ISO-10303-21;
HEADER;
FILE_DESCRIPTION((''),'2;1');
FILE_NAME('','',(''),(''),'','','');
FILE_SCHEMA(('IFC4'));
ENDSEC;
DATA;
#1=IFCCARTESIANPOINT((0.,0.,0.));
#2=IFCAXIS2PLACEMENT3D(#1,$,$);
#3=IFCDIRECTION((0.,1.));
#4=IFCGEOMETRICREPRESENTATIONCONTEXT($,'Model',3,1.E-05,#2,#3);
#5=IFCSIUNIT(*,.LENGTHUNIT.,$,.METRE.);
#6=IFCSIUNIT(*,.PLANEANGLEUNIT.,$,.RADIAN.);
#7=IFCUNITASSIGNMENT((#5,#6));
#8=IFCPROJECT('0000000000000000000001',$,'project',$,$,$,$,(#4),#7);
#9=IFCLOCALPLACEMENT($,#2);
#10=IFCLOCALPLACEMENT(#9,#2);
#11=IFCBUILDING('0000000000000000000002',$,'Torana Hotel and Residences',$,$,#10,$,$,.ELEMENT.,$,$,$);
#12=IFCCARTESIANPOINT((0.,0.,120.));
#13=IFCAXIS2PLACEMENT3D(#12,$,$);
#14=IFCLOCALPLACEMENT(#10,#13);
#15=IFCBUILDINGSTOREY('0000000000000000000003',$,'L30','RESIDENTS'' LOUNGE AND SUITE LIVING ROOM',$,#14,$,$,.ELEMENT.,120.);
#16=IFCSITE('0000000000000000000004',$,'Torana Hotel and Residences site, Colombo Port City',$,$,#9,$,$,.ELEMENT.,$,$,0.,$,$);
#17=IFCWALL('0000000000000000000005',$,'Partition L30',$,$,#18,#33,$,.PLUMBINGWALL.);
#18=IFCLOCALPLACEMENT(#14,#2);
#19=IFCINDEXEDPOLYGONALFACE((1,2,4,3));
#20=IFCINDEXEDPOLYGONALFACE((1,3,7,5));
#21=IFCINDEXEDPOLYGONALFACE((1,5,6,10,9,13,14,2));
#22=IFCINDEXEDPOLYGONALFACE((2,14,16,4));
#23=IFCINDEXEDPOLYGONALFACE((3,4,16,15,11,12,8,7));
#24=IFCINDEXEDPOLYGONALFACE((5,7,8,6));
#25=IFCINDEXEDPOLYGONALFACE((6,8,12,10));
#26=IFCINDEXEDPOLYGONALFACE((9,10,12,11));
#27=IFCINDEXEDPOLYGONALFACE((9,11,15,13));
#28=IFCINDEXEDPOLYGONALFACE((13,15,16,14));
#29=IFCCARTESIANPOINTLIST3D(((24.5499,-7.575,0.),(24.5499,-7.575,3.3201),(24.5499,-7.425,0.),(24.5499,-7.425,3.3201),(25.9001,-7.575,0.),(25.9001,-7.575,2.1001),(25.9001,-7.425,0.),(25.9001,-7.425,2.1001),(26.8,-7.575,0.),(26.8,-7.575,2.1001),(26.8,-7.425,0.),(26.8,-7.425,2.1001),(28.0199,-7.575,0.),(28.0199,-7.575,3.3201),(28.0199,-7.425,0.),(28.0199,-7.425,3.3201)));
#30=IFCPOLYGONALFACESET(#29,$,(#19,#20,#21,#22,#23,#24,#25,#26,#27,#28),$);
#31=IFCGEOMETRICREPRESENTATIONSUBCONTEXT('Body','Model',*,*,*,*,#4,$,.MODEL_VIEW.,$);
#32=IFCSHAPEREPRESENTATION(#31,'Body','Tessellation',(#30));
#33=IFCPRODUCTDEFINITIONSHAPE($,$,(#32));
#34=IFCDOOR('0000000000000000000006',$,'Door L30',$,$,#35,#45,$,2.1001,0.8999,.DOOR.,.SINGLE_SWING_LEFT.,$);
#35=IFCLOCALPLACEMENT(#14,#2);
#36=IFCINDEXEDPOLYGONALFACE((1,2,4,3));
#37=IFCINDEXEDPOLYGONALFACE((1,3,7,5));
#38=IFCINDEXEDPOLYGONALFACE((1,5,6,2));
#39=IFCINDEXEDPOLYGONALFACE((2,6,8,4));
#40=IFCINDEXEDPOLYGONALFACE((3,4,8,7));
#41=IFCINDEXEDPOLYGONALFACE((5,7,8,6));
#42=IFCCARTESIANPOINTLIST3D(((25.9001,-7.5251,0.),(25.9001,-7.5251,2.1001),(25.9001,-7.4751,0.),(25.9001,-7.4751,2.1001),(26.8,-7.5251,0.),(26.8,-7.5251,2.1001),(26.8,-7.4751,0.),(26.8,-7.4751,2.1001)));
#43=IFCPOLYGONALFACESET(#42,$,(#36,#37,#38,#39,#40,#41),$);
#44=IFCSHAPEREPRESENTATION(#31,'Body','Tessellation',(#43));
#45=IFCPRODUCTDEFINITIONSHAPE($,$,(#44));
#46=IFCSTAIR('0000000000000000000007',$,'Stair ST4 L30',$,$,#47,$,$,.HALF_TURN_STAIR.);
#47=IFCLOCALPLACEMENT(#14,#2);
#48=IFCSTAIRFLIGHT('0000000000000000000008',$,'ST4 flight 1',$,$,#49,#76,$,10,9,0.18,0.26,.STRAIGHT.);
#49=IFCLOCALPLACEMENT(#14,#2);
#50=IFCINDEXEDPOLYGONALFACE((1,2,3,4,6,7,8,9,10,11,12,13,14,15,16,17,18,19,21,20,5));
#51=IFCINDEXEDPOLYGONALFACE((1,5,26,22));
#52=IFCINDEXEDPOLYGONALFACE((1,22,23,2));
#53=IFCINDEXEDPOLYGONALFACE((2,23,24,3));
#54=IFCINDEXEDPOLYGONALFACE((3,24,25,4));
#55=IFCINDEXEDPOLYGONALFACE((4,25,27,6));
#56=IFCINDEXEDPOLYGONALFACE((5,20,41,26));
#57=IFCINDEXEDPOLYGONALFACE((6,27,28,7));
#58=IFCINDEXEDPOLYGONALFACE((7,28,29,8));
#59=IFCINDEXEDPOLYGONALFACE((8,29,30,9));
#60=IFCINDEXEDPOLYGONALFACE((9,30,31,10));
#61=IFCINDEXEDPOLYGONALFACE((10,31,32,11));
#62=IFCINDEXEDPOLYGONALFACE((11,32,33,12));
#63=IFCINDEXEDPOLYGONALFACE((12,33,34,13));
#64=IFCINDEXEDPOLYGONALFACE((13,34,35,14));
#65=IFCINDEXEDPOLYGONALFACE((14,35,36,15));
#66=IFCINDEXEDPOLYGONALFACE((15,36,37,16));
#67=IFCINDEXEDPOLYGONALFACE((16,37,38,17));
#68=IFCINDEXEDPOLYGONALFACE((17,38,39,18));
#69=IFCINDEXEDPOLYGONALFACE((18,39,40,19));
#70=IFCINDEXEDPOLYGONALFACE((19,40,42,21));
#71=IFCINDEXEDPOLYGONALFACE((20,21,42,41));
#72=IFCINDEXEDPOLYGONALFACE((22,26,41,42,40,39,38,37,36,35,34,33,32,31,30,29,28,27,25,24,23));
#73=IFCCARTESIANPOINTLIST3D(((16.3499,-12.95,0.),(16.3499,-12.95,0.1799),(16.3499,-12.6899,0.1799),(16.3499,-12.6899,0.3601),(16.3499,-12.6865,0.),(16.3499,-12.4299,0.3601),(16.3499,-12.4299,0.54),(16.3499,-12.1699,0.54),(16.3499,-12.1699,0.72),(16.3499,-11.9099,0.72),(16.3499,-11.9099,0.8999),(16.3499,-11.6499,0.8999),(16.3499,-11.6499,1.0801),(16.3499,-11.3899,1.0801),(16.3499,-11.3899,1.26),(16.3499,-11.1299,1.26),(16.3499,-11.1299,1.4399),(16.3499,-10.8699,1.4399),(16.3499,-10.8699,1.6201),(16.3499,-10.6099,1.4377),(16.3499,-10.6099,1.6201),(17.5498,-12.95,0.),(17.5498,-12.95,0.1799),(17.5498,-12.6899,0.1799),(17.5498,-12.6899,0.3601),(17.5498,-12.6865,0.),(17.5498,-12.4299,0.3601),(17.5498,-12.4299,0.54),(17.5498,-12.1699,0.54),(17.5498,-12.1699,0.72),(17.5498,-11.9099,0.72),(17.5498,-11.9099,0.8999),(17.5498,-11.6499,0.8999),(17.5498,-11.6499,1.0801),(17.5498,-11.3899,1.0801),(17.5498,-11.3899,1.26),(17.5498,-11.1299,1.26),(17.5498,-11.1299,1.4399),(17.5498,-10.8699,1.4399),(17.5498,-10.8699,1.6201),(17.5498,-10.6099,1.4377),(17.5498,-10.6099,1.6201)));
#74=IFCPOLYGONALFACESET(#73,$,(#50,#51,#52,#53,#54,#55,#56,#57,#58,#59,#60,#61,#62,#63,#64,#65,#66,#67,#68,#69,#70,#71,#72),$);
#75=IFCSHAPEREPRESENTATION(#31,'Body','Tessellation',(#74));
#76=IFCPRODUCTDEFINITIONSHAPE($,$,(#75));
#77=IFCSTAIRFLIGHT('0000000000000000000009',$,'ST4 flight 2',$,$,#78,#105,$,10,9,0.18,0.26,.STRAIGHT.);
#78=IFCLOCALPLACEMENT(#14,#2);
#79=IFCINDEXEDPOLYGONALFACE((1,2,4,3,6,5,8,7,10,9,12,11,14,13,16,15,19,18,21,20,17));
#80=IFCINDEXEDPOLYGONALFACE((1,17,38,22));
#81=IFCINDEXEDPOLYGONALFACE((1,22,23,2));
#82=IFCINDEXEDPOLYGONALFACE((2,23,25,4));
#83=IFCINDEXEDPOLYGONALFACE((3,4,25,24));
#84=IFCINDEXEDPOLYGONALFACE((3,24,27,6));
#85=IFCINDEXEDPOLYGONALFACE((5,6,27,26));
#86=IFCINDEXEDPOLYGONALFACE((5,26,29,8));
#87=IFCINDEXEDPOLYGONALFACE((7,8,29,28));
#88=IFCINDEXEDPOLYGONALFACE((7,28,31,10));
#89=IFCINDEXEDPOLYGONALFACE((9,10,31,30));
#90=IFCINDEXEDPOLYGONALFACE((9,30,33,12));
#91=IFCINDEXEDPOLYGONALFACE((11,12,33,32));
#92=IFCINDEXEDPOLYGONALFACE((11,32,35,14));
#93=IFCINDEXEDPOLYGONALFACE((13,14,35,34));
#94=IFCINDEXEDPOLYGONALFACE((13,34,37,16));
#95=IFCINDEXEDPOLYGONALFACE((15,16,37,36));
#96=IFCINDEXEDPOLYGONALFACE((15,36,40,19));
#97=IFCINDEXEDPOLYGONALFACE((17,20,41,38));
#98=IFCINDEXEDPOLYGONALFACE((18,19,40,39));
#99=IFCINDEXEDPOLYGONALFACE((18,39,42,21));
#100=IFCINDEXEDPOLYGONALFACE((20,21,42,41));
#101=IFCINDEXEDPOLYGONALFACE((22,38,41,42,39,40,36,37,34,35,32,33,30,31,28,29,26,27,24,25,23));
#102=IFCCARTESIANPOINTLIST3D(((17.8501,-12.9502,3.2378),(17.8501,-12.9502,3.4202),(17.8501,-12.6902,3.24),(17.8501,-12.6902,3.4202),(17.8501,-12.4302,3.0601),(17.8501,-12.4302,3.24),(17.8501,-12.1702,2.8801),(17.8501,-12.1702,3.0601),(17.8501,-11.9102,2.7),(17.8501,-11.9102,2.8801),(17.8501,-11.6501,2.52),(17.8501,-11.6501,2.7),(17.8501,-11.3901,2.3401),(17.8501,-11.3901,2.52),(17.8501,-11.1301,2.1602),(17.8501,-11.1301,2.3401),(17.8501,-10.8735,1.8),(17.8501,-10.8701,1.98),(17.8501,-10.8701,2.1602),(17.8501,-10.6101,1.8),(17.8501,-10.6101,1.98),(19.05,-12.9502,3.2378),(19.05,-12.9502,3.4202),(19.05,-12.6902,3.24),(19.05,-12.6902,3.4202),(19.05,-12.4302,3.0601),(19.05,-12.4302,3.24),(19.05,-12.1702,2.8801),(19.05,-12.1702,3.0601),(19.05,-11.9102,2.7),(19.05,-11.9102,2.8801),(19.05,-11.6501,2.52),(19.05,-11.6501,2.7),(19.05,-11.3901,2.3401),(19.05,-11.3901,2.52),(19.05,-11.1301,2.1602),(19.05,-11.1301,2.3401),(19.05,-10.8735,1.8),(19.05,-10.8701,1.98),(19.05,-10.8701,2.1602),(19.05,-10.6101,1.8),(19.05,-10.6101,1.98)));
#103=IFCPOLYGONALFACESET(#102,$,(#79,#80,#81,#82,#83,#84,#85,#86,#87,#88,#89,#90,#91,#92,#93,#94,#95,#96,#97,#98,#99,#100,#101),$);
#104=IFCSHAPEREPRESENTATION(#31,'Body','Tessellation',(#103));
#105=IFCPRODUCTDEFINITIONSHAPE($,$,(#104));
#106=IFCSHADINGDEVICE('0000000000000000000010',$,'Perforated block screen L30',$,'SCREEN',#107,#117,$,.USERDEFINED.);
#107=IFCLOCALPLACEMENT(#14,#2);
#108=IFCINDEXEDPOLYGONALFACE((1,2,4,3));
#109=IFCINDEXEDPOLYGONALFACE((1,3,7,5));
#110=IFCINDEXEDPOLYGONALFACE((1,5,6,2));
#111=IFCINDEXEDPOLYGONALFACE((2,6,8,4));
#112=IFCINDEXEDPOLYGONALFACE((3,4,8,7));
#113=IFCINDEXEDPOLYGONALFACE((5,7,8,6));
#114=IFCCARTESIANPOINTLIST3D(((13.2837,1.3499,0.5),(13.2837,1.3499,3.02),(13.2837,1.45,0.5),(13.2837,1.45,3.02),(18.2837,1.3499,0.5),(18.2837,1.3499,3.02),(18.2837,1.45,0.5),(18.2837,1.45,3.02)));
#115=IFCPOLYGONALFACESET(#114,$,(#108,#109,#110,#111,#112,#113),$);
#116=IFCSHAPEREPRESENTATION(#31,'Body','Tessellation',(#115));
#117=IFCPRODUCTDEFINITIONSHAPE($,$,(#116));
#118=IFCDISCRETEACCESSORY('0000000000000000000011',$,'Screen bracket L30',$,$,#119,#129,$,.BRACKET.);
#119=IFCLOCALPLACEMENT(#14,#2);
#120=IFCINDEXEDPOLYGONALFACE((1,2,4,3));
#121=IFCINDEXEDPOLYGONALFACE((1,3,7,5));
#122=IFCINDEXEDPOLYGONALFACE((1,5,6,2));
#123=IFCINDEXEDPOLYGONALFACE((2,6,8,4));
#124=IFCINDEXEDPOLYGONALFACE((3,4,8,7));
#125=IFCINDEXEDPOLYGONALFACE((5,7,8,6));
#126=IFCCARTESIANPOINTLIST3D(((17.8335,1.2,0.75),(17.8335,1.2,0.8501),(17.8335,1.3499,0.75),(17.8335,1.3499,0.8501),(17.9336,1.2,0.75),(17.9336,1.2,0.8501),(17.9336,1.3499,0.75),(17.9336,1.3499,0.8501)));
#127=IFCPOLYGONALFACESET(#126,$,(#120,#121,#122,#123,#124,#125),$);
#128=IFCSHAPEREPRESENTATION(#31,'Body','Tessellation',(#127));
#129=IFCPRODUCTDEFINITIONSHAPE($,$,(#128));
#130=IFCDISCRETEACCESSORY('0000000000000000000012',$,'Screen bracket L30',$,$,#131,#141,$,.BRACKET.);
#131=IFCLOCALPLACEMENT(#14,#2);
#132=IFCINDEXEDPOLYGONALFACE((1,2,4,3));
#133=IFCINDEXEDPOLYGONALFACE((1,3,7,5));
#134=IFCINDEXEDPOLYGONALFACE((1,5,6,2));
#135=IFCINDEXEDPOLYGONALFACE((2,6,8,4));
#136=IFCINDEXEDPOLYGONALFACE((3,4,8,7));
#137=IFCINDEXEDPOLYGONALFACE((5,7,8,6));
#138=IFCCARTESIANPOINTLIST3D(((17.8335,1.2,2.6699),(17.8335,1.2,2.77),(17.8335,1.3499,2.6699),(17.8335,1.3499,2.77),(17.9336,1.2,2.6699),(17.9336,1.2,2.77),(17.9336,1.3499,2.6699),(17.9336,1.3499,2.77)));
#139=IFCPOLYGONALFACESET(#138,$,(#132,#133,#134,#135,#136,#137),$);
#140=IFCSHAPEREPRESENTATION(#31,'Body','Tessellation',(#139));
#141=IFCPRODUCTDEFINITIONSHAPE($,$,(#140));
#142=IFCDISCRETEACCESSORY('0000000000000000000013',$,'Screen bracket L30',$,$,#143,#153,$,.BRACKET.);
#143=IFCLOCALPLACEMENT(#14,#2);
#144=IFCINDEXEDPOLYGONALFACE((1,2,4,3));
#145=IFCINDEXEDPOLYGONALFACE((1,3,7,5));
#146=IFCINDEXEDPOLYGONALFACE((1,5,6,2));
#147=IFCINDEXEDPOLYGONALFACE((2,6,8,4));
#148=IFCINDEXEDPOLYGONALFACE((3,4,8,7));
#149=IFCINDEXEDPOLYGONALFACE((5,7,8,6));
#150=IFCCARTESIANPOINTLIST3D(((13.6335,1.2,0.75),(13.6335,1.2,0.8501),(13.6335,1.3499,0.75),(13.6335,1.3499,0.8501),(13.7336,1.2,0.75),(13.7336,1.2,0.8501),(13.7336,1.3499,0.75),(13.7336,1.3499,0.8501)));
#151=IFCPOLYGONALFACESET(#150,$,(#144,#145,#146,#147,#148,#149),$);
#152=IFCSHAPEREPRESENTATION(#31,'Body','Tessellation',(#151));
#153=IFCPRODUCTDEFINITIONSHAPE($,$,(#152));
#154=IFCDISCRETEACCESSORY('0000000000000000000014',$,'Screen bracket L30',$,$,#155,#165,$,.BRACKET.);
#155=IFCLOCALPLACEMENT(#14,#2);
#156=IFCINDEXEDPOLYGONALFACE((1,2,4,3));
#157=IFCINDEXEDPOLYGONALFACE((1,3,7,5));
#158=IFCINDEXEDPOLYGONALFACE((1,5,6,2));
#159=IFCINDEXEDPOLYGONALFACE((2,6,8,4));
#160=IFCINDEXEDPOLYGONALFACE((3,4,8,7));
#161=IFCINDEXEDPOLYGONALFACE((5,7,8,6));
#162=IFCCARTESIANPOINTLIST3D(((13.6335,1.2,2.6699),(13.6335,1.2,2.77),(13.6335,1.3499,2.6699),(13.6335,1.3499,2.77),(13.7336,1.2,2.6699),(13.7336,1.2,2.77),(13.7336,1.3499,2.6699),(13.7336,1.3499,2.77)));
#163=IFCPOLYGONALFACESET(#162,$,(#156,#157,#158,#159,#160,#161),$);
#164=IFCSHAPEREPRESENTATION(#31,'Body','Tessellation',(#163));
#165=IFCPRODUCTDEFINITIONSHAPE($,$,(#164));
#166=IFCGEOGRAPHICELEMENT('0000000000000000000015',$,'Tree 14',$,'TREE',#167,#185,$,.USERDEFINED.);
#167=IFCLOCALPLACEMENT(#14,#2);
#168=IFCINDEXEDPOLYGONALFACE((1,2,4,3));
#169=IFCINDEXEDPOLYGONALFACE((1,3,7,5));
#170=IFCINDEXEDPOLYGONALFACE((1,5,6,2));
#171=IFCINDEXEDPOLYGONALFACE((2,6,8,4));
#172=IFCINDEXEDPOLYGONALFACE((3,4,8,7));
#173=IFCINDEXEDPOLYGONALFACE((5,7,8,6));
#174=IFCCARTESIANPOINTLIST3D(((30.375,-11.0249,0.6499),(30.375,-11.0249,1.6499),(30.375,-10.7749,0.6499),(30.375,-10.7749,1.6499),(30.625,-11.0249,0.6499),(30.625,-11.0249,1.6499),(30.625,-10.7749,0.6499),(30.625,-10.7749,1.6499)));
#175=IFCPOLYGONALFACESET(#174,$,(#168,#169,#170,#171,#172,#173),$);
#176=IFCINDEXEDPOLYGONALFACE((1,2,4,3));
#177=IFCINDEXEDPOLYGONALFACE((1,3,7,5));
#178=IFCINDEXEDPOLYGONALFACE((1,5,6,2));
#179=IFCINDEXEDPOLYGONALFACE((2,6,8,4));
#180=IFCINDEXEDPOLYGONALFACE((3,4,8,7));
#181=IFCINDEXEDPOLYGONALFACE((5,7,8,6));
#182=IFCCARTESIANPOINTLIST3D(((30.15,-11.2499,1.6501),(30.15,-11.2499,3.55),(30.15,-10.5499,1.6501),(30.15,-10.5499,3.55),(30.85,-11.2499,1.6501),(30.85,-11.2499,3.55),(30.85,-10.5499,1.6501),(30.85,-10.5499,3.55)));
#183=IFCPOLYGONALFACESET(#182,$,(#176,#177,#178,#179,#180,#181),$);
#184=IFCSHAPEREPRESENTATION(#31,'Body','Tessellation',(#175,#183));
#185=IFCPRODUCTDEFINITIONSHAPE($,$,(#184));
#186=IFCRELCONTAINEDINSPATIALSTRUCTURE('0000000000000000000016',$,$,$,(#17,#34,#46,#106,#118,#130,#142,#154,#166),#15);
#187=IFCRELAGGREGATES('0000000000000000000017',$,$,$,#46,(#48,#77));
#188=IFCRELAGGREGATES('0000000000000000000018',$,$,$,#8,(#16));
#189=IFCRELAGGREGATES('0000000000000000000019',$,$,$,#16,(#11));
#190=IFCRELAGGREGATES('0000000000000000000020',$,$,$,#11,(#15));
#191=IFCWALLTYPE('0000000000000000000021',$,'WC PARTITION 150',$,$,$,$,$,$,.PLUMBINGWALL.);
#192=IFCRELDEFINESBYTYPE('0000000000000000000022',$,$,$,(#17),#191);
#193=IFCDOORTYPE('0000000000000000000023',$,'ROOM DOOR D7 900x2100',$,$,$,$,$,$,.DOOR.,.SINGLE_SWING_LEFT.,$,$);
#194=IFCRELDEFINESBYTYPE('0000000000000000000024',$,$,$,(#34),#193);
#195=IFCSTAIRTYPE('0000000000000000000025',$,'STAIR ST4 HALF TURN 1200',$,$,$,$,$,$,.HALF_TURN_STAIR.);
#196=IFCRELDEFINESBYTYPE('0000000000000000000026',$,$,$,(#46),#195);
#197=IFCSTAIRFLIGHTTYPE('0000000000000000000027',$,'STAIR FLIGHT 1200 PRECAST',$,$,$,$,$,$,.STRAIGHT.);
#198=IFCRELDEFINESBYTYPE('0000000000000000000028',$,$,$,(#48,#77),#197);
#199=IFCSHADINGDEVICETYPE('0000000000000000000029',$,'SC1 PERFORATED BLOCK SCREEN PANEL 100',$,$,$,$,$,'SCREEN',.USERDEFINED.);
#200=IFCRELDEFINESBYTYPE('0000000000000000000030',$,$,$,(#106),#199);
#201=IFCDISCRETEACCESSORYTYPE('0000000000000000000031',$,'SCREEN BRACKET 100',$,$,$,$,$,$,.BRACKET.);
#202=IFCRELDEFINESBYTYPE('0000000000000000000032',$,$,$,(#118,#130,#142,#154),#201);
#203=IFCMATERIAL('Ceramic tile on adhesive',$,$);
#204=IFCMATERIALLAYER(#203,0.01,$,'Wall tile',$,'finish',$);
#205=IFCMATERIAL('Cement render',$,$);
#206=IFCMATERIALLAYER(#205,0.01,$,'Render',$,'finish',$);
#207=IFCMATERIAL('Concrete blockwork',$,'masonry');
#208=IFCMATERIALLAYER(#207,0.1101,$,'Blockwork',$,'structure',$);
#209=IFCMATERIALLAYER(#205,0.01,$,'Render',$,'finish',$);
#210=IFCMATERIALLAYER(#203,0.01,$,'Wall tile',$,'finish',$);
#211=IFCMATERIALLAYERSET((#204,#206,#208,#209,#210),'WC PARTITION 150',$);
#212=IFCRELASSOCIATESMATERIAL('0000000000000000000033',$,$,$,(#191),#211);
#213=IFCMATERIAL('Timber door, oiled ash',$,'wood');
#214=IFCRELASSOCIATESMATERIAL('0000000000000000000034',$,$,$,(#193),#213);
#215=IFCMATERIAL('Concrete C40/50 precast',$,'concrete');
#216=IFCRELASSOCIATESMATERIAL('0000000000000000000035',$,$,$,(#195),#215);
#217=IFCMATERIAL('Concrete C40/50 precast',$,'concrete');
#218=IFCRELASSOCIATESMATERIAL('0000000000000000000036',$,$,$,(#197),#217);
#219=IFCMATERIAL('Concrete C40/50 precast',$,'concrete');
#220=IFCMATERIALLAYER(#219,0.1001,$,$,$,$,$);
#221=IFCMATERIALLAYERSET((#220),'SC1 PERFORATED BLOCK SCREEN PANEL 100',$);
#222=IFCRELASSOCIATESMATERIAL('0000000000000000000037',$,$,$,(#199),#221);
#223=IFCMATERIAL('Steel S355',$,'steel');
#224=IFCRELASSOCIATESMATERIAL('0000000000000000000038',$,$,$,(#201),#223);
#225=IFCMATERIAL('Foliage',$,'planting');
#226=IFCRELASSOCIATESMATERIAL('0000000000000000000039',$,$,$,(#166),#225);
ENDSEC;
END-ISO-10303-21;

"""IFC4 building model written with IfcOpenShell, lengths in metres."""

from ifc_helpers import new_model, si_unit, direction, frame, frame_2d, origin, origin_2d, place, context, subcontext, project, spatial, polyline, rectangle, outline, extrude, material, layer, layer_set, type_object, element, fill, aggregate, save


model = new_model("IFC4")

# Units and contexts
model_context = context("Model", 3, precision=1e-05, world=origin(), true_north=direction((0.0, 1.0)))
body_context = subcontext(model_context, "Body", "Model", "MODEL_VIEW")
ifc_project = project(units=[si_unit("LENGTHUNIT", "METRE"), si_unit("PLANEANGLEUNIT", "RADIAN")], contexts=[model_context])

# Site, building, storey
site_placement = place(None, origin())
site = spatial("IfcSite", under=ifc_project, at=site_placement, Name="Torana Hotel and Residences site, Colombo Port City", CompositionType="ELEMENT", RefElevation=0.0)
building_placement = place(site_placement, origin())
building = spatial("IfcBuilding", under=site, at=building_placement, Name="Torana Hotel and Residences", CompositionType="ELEMENT")
storey_placement = place(building_placement, frame((0.0, 0.0, 120.0)))
storey = spatial("IfcBuildingStorey", under=building, at=storey_placement, Name="L30", Description="RESIDENTS' LOUNGE AND SUITE LIVING ROOM", CompositionType="ELEMENT", Elevation=120.0)

# Shared definitions
ifc_material_1 = material(Name="Concrete blockwork", Category="masonry")

# Wall, opening, door
ifc_material_2 = material(Name="Ceramic tile on adhesive")
ifc_layer_1 = layer(ifc_material_2, 0.01, Name="Wall tile", Category="finish")
ifc_material_3 = material(Name="Cement render")
ifc_layer_2 = layer(ifc_material_3, 0.01, Name="Render", Category="finish")
ifc_layer_3 = layer(ifc_material_1, 0.1101, Name="Blockwork", Category="structure")
ifc_layer_4 = layer(ifc_material_3, 0.01, Name="Render", Category="finish")
ifc_layer_5 = layer(ifc_material_2, 0.01, Name="Wall tile", Category="finish")
ifc_layer_set_1 = layer_set([ifc_layer_1, ifc_layer_2, ifc_layer_3, ifc_layer_4, ifc_layer_5], Name="WC PARTITION 150")
wall_type_1 = type_object("IfcWallType", Name="WC PARTITION 150", PredefinedType="PLUMBINGWALL", material=ifc_layer_set_1)
wall_1_placement = place(storey_placement, frame((24.55, -7.5, 0.0), z_axis=(0.0, 0.0, 1.0), x_axis=(1.0, 0.0, 0.0)))
wall_1 = element("IfcWall", 1, at=wall_1_placement, inside=storey, type_object=wall_type_1, Name="Partition L30", PredefinedType="PLUMBINGWALL", context=body_context, shape_type="SweptSolid", body=[
    extrude(rectangle(XDim=3.47, YDim=0.1499, at=frame_2d((1.7349, 0.0))), origin(), (0.0, 0.0, 1.0), 3.3201),
])
opening_1_placement = place(wall_1_placement, frame((1.3501, 0.0, 0.0)))
opening_1 = element("IfcOpeningElement", 2, at=opening_1_placement, cuts=wall_1, PredefinedType="OPENING", context=body_context, shape_type="SweptSolid", body=[
    extrude(rectangle(XDim=0.8999, YDim=2.1001, at=frame_2d((0.45, 1.05))), frame((0.0, 0.085, 0.0), z_axis=(0.0, -1.0, 0.0), x_axis=(1.0, 0.0, 0.0)), (0.0, 0.0, 1.0), 0.1699),
])
ifc_material_4 = material(Name="Timber door, oiled ash", Category="wood")
door_type = type_object("IfcDoorType", Name="ROOM DOOR D7 900x2100", OperationType="SINGLE_SWING_LEFT", PredefinedType="DOOR", material=ifc_material_4)
door_placement = place(opening_1_placement, origin())
door = element("IfcDoor", 3, at=door_placement, inside=storey, type_object=door_type, Name="Door L30", OperationType="SINGLE_SWING_LEFT", OverallHeight=2.1001, OverallWidth=0.8999, PredefinedType="DOOR", context=body_context, shape_type="SweptSolid", body=[
    extrude(rectangle(XDim=0.8999, YDim=2.1001, at=frame_2d((0.45, 1.05))), frame((0.0, 0.0249, 0.0), z_axis=(0.0, -1.0, 0.0), x_axis=(1.0, 0.0, 0.0)), (0.0, 0.0, 1.0), 0.05),
])
fill(opening_1, door)

# Stair, stair flights
ifc_material_5 = material(Name="Concrete C40/50 precast", Category="concrete")
stair_type = type_object("IfcStairType", Name="STAIR ST4 HALF TURN 1200", PredefinedType="HALF_TURN_STAIR", material=ifc_material_5)
stair_placement = place(storey_placement, origin())
stair = element("IfcStair", 4, at=stair_placement, inside=storey, type_object=stair_type, Name="Stair ST4 L30", PredefinedType="HALF_TURN_STAIR")
ifc_material_6 = material(Name="Concrete C40/50 precast", Category="concrete")
stair_flight_type = type_object("IfcStairFlightType", Name="STAIR FLIGHT 1200 PRECAST", PredefinedType="STRAIGHT", material=ifc_material_6)
stair_flight_1_placement = place(storey_placement, frame((16.95, -12.95, 0.0), z_axis=(0.0, 0.0, 1.0), x_axis=(0.0, 1.0, 0.0)))
stair_flight_1 = element("IfcStairFlight", 5, at=stair_flight_1_placement, type_object=stair_flight_type, Name="ST4 flight 1", NumberOfRisers=10, NumberOfTreads=9, PredefinedType="STRAIGHT", RiserHeight=0.18, TreadLength=0.26, context=body_context, shape_type="SweptSolid", body=[
    extrude(outline(polyline([(0.0, 0.0), (0.0, 0.1799), (0.26, 0.1799), (0.26, 0.3601), (0.52, 0.3601), (0.52, 0.54), (0.78, 0.54), (0.78, 0.72), (1.04, 0.72), (1.04, 0.8999), (1.3, 0.8999), (1.3, 1.0801), (1.5601, 1.0801), (1.5601, 1.26), (1.8201, 1.26), (1.8201, 1.4399), (2.0801, 1.4399), (2.0801, 1.6201), (2.3401, 1.6201), (2.3401, 1.8), (2.3401, 1.4377), (0.2634, 0.0), (0.0, 0.0)])), frame((0.0, 0.6001, 0.0), z_axis=(0.0, -1.0, 0.0), x_axis=(1.0, 0.0, 0.0)), (0.0, 0.0, 1.0), 1.2),
])
stair_flight_2_placement = place(storey_placement, frame((18.45, -10.6101, 1.8), z_axis=(0.0, 0.0, 1.0), x_axis=(0.0, -1.0, 0.0)))
stair_flight_2 = element("IfcStairFlight", 6, at=stair_flight_2_placement, type_object=stair_flight_type, Name="ST4 flight 2", NumberOfRisers=10, NumberOfTreads=9, PredefinedType="STRAIGHT", RiserHeight=0.18, TreadLength=0.26, context=body_context, shape_type="SweptSolid", body=[
    extrude(outline(polyline([(0.0, 0.0), (0.0, 0.1799), (0.26, 0.1799), (0.26, 0.3601), (0.52, 0.3601), (0.52, 0.54), (0.78, 0.54), (0.78, 0.72), (1.04, 0.72), (1.04, 0.8999), (1.3, 0.8999), (1.3, 1.0801), (1.5601, 1.0801), (1.5601, 1.26), (1.8201, 1.26), (1.8201, 1.4399), (2.0801, 1.4399), (2.0801, 1.6201), (2.3401, 1.6201), (2.3401, 1.8), (2.3401, 1.4377), (0.2634, 0.0), (0.0, 0.0)])), frame((0.0, 0.6001, 0.0), z_axis=(0.0, -1.0, 0.0), x_axis=(1.0, 0.0, 0.0)), (0.0, 0.0, 1.0), 1.2),
])
aggregate(stair, [stair_flight_1, stair_flight_2])

# Shading device
ifc_material_7 = material(Name="Concrete C40/50 precast", Category="concrete")
ifc_layer_6 = layer(ifc_material_7, 0.1001)
ifc_layer_set_2 = layer_set([ifc_layer_6], Name="SC1 PERFORATED BLOCK SCREEN PANEL 100")
shading_device_type = type_object("IfcShadingDeviceType", Name="SC1 PERFORATED BLOCK SCREEN PANEL 100", ElementType="SCREEN", PredefinedType="USERDEFINED", material=ifc_layer_set_2)
shading_device_placement = place(storey_placement, frame((15.7837, 1.3999, 0.5), z_axis=(0.0, 0.0, 1.0), x_axis=(-1.0, 0.0, 0.0)))
element("IfcShadingDevice", 7, at=shading_device_placement, inside=storey, type_object=shading_device_type, Name="Perforated block screen L30", ObjectType="SCREEN", PredefinedType="USERDEFINED", context=body_context, shape_type="SweptSolid", body=[
    extrude(rectangle(XDim=5.0, YDim=0.1001, at=origin_2d()), origin(), (0.0, 0.0, 1.0), 2.52),
])

# Discrete accessories
ifc_material_8 = material(Name="Steel S355", Category="steel")
discrete_accessory_type = type_object("IfcDiscreteAccessoryType", Name="SCREEN BRACKET 100", PredefinedType="BRACKET", material=ifc_material_8)
for number, where, z_axis, x_axis, name in (
    (8, (17.8835, 1.2749, 0.75), (0.0, 0.0, 1.0), (-1.0, 0.0, 0.0), "Screen bracket L30"),
    (9, (17.8835, 1.2749, 2.6699), (0.0, 0.0, 1.0), (-1.0, 0.0, 0.0), "Screen bracket L30"),
    (10, (13.6836, 1.2749, 0.75), (0.0, 0.0, 1.0), (-1.0, 0.0, 0.0), "Screen bracket L30"),
    (11, (13.6836, 1.2749, 2.6699), (0.0, 0.0, 1.0), (-1.0, 0.0, 0.0), "Screen bracket L30"),
):
    element("IfcDiscreteAccessory", number, at=place(storey_placement, frame(where, z_axis=z_axis, x_axis=x_axis)), inside=storey, type_object=discrete_accessory_type, Name=name, PredefinedType="BRACKET", context=body_context, shape_type="SweptSolid", body=[
        extrude(rectangle(XDim=0.1001, YDim=0.1499, at=origin_2d()), origin(), (0.0, 0.0, 1.0), 0.1001),
    ])

# Geographic element
ifc_material_9 = material(Name="Foliage", Category="planting")
geographic_element_placement = place(storey_placement, frame((30.5, -10.8999, 0.6499), z_axis=(0.0, 0.0, 1.0), x_axis=(1.0, 0.0, 0.0)))
element("IfcGeographicElement", 12, at=geographic_element_placement, inside=storey, material=ifc_material_9, Name="Tree 14", ObjectType="TREE", PredefinedType="USERDEFINED", context=body_context, shape_type="SweptSolid", body=[
    extrude(rectangle(XDim=0.25, YDim=0.25, at=origin_2d()), origin(), (0.0, 0.0, 1.0), 1.0),
    extrude(rectangle(XDim=0.7, YDim=0.7, at=origin_2d()), frame((0.0, 0.0, 1.0002)), (0.0, 0.0, 1.0), 1.8999),
])

save(model, "model.ifc")
